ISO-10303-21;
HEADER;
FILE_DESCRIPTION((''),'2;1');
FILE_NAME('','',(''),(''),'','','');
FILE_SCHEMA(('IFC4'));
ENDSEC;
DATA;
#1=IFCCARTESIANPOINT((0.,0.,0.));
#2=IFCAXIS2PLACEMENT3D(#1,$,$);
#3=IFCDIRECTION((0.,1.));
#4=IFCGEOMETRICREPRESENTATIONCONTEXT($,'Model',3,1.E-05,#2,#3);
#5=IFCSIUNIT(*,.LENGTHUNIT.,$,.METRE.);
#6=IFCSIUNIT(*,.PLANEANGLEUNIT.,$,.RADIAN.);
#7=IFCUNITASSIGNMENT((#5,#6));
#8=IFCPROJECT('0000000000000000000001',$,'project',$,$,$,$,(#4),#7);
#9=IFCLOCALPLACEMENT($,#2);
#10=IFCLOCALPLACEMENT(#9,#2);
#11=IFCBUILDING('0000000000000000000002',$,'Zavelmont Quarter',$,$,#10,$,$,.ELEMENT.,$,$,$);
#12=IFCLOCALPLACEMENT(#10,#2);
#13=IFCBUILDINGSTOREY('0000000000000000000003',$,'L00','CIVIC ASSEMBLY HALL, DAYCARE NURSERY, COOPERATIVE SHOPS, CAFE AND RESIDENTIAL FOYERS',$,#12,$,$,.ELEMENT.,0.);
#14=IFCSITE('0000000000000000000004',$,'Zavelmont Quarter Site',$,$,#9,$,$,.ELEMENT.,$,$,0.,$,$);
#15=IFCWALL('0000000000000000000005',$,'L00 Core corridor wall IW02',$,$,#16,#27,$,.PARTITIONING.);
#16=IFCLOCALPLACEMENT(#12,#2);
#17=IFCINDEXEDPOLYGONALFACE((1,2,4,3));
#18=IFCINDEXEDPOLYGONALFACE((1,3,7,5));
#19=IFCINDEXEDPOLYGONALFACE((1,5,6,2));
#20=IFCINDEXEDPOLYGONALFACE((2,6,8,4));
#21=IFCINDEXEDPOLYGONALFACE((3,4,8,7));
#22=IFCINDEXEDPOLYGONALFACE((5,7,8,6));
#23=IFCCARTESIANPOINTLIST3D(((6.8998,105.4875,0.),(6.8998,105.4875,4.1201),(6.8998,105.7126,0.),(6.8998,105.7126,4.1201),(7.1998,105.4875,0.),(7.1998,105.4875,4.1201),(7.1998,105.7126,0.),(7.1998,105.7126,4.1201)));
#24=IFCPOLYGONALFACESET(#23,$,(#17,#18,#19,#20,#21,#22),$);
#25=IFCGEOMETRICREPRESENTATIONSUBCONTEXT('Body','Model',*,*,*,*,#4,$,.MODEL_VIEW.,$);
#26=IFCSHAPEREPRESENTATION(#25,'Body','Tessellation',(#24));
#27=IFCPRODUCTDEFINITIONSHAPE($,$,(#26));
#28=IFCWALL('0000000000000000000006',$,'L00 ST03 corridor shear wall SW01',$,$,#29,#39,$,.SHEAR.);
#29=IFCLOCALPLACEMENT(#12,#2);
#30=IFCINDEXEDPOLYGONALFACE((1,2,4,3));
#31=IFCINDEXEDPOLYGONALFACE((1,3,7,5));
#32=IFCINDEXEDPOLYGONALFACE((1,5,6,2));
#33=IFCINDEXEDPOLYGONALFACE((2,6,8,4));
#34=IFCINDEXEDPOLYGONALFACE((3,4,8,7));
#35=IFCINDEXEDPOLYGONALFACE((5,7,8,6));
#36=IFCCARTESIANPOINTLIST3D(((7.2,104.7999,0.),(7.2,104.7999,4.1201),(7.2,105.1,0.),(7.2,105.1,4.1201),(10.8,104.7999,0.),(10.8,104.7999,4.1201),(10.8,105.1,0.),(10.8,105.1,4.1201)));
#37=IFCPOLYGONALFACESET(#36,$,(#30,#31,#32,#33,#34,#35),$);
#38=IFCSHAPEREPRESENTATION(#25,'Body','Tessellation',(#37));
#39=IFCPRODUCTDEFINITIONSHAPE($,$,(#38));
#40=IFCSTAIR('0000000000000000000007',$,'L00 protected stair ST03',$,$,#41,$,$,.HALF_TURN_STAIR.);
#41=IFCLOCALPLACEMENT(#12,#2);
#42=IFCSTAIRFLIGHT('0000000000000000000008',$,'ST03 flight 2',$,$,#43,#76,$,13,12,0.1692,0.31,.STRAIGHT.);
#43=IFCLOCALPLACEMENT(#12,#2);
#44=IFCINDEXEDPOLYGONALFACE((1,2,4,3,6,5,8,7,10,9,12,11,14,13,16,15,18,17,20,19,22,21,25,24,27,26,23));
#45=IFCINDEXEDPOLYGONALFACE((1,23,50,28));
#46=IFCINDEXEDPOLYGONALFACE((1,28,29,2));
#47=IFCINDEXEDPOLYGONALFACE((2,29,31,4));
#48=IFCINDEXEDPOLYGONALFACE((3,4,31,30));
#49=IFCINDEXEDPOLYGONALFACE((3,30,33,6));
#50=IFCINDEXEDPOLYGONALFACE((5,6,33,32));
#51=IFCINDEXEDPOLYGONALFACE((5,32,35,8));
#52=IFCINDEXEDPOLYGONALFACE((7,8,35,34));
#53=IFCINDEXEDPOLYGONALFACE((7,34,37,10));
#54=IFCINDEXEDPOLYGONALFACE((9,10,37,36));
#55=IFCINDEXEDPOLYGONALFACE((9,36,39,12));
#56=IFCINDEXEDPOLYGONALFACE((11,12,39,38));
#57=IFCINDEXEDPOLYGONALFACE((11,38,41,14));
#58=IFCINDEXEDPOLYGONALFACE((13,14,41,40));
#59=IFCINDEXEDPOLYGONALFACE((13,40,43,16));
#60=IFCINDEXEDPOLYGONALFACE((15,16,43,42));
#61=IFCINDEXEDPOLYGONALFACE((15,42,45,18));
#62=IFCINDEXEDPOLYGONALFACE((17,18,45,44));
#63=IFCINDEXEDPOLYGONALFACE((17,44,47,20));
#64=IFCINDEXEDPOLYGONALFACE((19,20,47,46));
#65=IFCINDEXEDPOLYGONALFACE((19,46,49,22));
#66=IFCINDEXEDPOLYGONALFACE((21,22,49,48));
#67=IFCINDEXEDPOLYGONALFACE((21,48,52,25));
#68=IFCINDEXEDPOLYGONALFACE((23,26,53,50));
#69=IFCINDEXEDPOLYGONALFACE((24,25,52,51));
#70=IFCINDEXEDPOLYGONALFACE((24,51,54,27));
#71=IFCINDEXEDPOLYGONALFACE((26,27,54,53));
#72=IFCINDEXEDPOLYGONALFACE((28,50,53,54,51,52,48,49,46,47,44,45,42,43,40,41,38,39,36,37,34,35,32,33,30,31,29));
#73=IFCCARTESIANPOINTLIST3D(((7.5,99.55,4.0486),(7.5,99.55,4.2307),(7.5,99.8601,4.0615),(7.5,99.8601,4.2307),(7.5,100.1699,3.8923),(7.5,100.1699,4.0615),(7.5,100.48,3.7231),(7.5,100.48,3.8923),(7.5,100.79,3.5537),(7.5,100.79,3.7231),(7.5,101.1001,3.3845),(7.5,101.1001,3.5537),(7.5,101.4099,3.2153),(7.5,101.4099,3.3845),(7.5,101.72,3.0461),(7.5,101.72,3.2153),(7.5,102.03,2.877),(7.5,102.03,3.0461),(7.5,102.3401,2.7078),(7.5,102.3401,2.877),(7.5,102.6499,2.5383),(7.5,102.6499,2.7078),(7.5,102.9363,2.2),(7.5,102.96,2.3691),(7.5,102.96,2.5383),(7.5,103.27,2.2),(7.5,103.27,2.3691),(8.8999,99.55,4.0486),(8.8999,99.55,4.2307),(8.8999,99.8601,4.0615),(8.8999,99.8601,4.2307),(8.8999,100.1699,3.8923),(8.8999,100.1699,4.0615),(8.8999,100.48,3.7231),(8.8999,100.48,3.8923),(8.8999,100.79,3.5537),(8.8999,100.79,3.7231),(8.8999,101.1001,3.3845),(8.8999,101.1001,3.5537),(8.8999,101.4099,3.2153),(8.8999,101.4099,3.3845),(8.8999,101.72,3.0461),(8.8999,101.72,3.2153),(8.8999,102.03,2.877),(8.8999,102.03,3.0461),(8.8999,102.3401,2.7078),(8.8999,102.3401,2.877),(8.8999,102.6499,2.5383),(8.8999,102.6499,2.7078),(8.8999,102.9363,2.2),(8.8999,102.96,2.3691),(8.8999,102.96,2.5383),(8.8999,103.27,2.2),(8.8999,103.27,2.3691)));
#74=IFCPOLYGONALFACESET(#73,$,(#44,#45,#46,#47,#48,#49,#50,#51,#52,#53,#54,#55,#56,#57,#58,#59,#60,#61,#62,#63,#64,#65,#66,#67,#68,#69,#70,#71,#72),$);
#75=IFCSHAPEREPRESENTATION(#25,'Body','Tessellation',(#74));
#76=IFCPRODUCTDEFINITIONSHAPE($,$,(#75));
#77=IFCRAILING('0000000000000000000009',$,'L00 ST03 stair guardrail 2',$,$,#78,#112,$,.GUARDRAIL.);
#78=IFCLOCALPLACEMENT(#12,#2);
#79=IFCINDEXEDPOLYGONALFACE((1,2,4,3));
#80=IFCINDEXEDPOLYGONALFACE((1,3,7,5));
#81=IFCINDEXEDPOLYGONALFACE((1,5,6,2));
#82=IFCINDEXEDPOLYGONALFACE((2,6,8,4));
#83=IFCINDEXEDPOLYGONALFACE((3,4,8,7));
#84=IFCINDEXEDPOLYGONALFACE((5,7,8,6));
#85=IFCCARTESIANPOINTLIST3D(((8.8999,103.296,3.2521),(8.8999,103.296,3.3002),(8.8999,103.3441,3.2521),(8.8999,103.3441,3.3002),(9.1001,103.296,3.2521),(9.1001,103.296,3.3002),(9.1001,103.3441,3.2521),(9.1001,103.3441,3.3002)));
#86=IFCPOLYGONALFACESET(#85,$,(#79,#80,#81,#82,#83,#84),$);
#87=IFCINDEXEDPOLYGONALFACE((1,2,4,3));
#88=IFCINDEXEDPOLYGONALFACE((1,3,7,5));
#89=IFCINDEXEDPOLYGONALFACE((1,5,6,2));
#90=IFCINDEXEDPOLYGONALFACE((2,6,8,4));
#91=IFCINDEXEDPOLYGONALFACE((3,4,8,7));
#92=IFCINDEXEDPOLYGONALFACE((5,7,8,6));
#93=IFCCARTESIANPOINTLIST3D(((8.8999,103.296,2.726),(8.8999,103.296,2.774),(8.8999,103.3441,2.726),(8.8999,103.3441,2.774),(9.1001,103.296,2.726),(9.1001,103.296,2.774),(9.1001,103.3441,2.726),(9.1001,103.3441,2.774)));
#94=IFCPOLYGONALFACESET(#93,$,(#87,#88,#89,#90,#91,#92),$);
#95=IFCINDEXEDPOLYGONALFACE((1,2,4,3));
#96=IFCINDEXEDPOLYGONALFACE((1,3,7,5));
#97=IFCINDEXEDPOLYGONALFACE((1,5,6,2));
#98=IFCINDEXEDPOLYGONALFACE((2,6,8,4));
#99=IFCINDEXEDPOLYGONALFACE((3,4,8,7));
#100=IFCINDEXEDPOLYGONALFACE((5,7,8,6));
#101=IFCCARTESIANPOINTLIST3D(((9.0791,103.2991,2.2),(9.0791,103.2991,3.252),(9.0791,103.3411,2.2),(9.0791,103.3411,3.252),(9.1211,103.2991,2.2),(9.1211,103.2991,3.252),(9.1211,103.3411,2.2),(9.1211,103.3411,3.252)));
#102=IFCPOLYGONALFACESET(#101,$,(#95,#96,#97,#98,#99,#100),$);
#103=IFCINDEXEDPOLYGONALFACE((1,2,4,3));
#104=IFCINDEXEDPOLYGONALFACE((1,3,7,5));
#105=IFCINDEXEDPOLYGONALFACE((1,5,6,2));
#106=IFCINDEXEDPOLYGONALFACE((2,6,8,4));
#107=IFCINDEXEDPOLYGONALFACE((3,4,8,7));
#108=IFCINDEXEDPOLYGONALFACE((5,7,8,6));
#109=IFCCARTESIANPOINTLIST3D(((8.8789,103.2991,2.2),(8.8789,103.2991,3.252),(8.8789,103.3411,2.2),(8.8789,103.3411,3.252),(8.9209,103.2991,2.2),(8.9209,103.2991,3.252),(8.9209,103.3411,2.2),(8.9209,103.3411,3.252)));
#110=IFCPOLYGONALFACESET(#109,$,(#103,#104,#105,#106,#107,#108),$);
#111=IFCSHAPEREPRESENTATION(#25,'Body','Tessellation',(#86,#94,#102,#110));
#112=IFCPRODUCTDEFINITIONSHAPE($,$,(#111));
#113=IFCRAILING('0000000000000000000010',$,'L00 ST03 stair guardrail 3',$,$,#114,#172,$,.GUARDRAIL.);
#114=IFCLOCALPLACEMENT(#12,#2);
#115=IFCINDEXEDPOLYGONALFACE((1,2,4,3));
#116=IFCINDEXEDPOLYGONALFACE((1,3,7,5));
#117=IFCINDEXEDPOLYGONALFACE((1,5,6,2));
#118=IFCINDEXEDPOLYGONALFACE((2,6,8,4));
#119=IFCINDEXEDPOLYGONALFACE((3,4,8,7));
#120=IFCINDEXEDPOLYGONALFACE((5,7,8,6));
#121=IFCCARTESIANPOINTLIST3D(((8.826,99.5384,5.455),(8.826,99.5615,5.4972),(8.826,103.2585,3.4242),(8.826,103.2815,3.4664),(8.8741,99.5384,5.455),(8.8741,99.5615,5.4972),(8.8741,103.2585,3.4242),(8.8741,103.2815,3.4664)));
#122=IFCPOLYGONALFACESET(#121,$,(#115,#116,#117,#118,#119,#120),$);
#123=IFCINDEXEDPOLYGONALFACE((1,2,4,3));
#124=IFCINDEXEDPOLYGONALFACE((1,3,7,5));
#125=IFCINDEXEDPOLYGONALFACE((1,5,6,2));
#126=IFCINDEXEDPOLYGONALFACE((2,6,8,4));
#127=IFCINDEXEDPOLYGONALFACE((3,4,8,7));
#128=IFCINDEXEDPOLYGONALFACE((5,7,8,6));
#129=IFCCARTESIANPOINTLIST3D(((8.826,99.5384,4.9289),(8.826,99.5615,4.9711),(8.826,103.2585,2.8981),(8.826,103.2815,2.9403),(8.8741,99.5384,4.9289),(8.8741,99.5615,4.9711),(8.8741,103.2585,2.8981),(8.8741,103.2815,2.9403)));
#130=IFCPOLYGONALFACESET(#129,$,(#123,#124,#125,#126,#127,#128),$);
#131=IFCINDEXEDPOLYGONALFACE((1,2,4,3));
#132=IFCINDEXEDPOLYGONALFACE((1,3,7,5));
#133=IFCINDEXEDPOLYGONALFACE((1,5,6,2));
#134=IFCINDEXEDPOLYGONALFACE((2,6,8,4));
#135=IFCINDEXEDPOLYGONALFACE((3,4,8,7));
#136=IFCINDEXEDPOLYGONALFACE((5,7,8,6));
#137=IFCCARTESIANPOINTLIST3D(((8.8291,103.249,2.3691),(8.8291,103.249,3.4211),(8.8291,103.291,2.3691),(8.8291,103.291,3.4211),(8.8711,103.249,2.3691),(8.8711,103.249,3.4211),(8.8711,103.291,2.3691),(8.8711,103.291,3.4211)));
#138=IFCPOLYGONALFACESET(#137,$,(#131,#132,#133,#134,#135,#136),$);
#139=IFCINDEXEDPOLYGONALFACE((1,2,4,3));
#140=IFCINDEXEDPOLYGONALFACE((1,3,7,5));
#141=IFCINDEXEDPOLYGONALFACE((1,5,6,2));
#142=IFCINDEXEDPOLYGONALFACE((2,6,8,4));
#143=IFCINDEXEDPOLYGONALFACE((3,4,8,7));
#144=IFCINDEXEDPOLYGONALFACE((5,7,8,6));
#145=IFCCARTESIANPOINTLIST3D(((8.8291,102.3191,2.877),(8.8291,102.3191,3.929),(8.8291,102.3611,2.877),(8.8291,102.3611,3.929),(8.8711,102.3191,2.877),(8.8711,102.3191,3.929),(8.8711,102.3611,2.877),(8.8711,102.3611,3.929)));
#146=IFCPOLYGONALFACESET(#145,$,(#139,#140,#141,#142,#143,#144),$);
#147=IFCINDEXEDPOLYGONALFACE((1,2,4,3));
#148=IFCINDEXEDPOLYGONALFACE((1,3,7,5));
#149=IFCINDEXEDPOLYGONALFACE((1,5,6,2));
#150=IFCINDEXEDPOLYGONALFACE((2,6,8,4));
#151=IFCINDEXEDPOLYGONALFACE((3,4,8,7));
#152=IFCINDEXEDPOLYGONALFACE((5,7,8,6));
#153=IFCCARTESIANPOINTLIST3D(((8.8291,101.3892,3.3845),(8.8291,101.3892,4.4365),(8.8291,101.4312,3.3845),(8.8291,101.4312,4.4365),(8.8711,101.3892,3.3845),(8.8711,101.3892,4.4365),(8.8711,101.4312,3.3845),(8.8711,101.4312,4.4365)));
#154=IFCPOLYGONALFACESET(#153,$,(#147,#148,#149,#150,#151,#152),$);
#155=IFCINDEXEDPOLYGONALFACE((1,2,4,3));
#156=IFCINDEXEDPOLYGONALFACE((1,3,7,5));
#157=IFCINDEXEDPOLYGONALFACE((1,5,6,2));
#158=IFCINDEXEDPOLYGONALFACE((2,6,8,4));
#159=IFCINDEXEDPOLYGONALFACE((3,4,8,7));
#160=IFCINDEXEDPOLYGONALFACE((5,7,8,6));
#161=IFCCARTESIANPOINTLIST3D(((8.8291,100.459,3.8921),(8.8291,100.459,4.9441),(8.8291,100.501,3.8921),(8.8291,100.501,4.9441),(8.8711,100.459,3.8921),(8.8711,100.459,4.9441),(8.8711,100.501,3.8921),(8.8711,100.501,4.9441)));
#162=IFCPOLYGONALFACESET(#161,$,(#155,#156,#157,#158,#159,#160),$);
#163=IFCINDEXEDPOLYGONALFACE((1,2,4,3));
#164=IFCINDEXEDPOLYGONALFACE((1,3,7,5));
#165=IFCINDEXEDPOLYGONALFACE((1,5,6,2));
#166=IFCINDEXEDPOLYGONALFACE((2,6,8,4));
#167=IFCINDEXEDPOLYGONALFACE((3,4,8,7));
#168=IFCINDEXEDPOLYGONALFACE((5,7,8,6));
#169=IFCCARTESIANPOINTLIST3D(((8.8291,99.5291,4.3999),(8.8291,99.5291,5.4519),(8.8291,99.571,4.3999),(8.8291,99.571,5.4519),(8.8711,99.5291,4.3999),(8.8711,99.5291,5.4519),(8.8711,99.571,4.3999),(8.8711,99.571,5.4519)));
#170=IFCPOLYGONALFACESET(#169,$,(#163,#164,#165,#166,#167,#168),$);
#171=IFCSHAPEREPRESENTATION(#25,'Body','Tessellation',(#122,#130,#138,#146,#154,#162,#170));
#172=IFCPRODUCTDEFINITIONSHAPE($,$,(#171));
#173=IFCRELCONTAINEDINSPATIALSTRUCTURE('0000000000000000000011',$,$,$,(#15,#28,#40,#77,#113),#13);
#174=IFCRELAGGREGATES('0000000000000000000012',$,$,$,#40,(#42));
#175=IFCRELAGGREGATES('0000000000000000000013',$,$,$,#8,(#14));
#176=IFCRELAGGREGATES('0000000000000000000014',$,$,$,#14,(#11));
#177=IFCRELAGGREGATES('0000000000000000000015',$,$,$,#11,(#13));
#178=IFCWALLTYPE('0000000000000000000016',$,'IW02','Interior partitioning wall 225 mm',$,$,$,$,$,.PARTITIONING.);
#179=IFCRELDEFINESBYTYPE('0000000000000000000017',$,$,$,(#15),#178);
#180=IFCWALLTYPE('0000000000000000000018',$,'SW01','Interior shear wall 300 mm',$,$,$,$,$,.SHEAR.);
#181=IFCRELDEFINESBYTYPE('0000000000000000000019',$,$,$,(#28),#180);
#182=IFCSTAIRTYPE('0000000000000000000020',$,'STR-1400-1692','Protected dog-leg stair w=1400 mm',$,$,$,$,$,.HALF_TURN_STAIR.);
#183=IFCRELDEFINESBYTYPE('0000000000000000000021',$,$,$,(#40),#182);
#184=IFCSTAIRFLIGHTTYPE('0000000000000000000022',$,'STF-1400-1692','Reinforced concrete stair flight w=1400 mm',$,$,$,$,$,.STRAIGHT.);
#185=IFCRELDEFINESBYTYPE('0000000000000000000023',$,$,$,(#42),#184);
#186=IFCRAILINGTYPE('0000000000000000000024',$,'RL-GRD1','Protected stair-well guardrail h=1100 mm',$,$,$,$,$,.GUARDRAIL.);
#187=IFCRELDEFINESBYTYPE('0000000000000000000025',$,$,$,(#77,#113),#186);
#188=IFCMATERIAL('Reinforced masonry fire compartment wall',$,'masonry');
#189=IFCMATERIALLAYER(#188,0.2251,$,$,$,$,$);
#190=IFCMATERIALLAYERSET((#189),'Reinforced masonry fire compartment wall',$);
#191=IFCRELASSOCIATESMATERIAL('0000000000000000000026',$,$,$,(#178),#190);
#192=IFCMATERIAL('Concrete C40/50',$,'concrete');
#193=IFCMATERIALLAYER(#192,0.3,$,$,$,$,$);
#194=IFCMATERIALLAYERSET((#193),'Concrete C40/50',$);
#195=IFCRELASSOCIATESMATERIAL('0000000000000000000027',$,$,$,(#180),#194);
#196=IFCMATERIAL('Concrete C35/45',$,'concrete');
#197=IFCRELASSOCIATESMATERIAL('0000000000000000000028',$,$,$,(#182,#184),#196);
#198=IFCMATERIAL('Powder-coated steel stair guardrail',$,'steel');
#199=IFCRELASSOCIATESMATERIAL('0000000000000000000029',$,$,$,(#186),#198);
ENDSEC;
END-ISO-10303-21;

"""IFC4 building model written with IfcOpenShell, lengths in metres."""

from ifc_helpers import new_model, si_unit, direction, frame, frame_2d, origin, origin_2d, place, context, subcontext, project, spatial, polyline, rectangle, outline, extrude, material, layer, layer_set, type_object, element, aggregate, save


model = new_model("IFC4")

# Units and contexts
model_context = context("Model", 3, precision=1e-05, world=origin(), true_north=direction((0.0, 1.0)))
body_context = subcontext(model_context, "Body", "Model", "MODEL_VIEW")
ifc_project = project(units=[si_unit("LENGTHUNIT", "METRE"), si_unit("PLANEANGLEUNIT", "RADIAN")], contexts=[model_context])

# Site, building, storey
site_placement = place(None, origin())
site = spatial("IfcSite", under=ifc_project, at=site_placement, Name="Zavelmont Quarter Site", CompositionType="ELEMENT", RefElevation=0.0)
building_placement = place(site_placement, origin())
building = spatial("IfcBuilding", under=site, at=building_placement, Name="Zavelmont Quarter", CompositionType="ELEMENT")
storey_placement = place(building_placement, origin())
storey = spatial("IfcBuildingStorey", under=building, at=storey_placement, Name="L00", Description="CIVIC ASSEMBLY HALL, DAYCARE NURSERY, COOPERATIVE SHOPS, CAFE AND RESIDENTIAL FOYERS", CompositionType="ELEMENT", Elevation=0.0)

# Shared definitions
ifc_material_1 = material(Name="Concrete C40/50", Category="concrete")

# Shared definitions
ifc_material_2 = material(Name="Concrete C35/45", Category="concrete")

# Walls
ifc_material_3 = material(Name="Reinforced masonry fire compartment wall", Category="masonry")
ifc_layer_1 = layer(ifc_material_3, 0.2251)
ifc_layer_set_1 = layer_set([ifc_layer_1], Name="Reinforced masonry fire compartment wall")
wall_type_1 = type_object("IfcWallType", Name="IW02", Description="Interior partitioning wall 225 mm", PredefinedType="PARTITIONING", material=ifc_layer_set_1)
wall_1_placement = place(storey_placement, frame((6.8999, 105.6001, 0.0), z_axis=(0.0, 0.0, 1.0), x_axis=(1.0, 0.0, 0.0)))
element("IfcWall", 1, at=wall_1_placement, inside=storey, type_object=wall_type_1, Name="L00 Core corridor wall IW02", PredefinedType="PARTITIONING", context=body_context, shape_type="SweptSolid", body=[
    extrude(rectangle(XDim=0.3, YDim=0.2251, at=frame_2d((0.1499, 0.0))), origin(), (0.0, 0.0, 1.0), 4.1201),
])
ifc_layer_2 = layer(ifc_material_1, 0.3)
ifc_layer_set_2 = layer_set([ifc_layer_2], Name="Concrete C40/50")
wall_type_2 = type_object("IfcWallType", Name="SW01", Description="Interior shear wall 300 mm", PredefinedType="SHEAR", material=ifc_layer_set_2)
wall_2_placement = place(storey_placement, frame((7.2, 104.95, 0.0), z_axis=(0.0, 0.0, 1.0), x_axis=(1.0, 0.0, 0.0)))
element("IfcWall", 2, at=wall_2_placement, inside=storey, type_object=wall_type_2, Name="L00 ST03 corridor shear wall SW01", PredefinedType="SHEAR", context=body_context, shape_type="SweptSolid", body=[
    extrude(rectangle(XDim=3.6001, YDim=0.3, at=frame_2d((1.8, 0.0))), origin(), (0.0, 0.0, 1.0), 4.1201),
])

# Stair, stair flight
stair_type = type_object("IfcStairType", Name="STR-1400-1692", Description="Protected dog-leg stair w=1400 mm", PredefinedType="HALF_TURN_STAIR", material=ifc_material_2)
stair_placement = place(storey_placement, origin())
stair = element("IfcStair", 3, at=stair_placement, inside=storey, type_object=stair_type, Name="L00 protected stair ST03", PredefinedType="HALF_TURN_STAIR")
stair_flight_type = type_object("IfcStairFlightType", Name="STF-1400-1692", Description="Reinforced concrete stair flight w=1400 mm", PredefinedType="STRAIGHT", material=ifc_material_2)
stair_flight_placement = place(storey_placement, frame((8.2, 103.27, 2.2), z_axis=(0.0, 0.0, 1.0), x_axis=(0.0, -1.0, 0.0)))
stair_flight = element("IfcStairFlight", 4, at=stair_flight_placement, type_object=stair_flight_type, Name="ST03 flight 2", NumberOfRisers=13, NumberOfTreads=12, PredefinedType="STRAIGHT", RiserHeight=0.1692, TreadLength=0.31, context=body_context, shape_type="SweptSolid", body=[
    extrude(outline(polyline([(0.0, 0.0), (0.0, 0.1692), (0.3101, 0.1692), (0.3101, 0.3384), (0.6201, 0.3384), (0.6201, 0.5078), (0.9299, 0.5078), (0.9299, 0.677), (1.24, 0.677), (1.24, 0.8462), (1.55, 0.8462), (1.55, 1.0154), (1.8601, 1.0154), (1.8601, 1.1846), (2.1699, 1.1846), (2.1699, 1.3538), (2.48, 1.3538), (2.48, 1.5232), (2.79, 1.5232), (2.79, 1.6924), (3.1001, 1.6924), (3.1001, 1.8616), (3.4099, 1.8616), (3.4099, 2.0308), (3.72, 2.0308), (3.72, 2.2), (3.72, 1.8486), (0.3337, 0.0), (0.0, 0.0)])), frame((0.0, 0.7, 0.0), z_axis=(0.0, -1.0, 0.0), x_axis=(1.0, 0.0, 0.0)), (0.0, 0.0, 1.0), 1.3999),
])
aggregate(stair, [stair_flight])

# Railings
ifc_material_4 = material(Name="Powder-coated steel stair guardrail", Category="steel")
railing_type_1 = type_object("IfcRailingType", Name="RL-GRD1", Description="Protected stair-well guardrail h=1100 mm", PredefinedType="GUARDRAIL", material=ifc_material_4)
railing_1_placement = place(storey_placement, frame((9.1001, 103.3201, 2.2)))
element("IfcRailing", 5, at=railing_1_placement, inside=storey, type_object=railing_type_1, Name="L00 ST03 stair guardrail 2", PredefinedType="GUARDRAIL", context=body_context, shape_type="SweptSolid", body=[
    extrude(rectangle(XDim=0.0481, YDim=0.0481, at=origin_2d()), frame((0.0, 0.0, 1.0762), z_axis=(-1.0, 0.0, 0.0), x_axis=(0.0, -1.0, 0.0)), (0.0, 0.0, 1.0), 0.2002),
    extrude(rectangle(XDim=0.0481, YDim=0.0481, at=origin_2d()), frame((0.0, 0.0, 0.55), z_axis=(-1.0, 0.0, 0.0), x_axis=(0.0, -1.0, 0.0)), (0.0, 0.0, 1.0), 0.2002),
    extrude(rectangle(XDim=0.042, YDim=0.042, at=origin_2d()), origin(), (0.0, 0.0, 1.0), 1.052),
    extrude(rectangle(XDim=0.042, YDim=0.042, at=origin_2d()), frame((-0.2002, 0.0, 0.0)), (0.0, 0.0, 1.0), 1.052),
])
railing_2_placement = place(storey_placement, frame((8.8501, 103.27, 2.3691)))
element("IfcRailing", 6, at=railing_2_placement, inside=storey, type_object=railing_type_1, Name="L00 ST03 stair guardrail 3", PredefinedType="GUARDRAIL", context=body_context, shape_type="SweptSolid", body=[
    extrude(rectangle(XDim=0.0481, YDim=0.0481, at=origin_2d()), frame((0.0, 0.0, 1.0762), z_axis=(0.0, -0.877728, 0.479159), x_axis=(1.0, 0.0, 0.0)), (0.0, 0.0, 1.0), 4.2383),
    extrude(rectangle(XDim=0.0481, YDim=0.0481, at=origin_2d()), frame((0.0, 0.0, 0.55), z_axis=(0.0, -0.877728, 0.479159), x_axis=(1.0, 0.0, 0.0)), (0.0, 0.0, 1.0), 4.2383),
    extrude(rectangle(XDim=0.042, YDim=0.042, at=origin_2d()), origin(), (0.0, 0.0, 1.0), 1.052),
    extrude(rectangle(XDim=0.042, YDim=0.042, at=origin_2d()), frame((0.0, -0.9299, 0.5078)), (0.0, 0.0, 1.0), 1.052),
    extrude(rectangle(XDim=0.042, YDim=0.042, at=origin_2d()), frame((0.0, -1.8599, 1.0154)), (0.0, 0.0, 1.0), 1.052),
    extrude(rectangle(XDim=0.042, YDim=0.042, at=origin_2d()), frame((0.0, -2.79, 1.5229)), (0.0, 0.0, 1.0), 1.052),
    extrude(rectangle(XDim=0.042, YDim=0.042, at=origin_2d()), frame((0.0, -3.72, 2.0308)), (0.0, 0.0, 1.0), 1.052),
])

save(model, "model.ifc")
